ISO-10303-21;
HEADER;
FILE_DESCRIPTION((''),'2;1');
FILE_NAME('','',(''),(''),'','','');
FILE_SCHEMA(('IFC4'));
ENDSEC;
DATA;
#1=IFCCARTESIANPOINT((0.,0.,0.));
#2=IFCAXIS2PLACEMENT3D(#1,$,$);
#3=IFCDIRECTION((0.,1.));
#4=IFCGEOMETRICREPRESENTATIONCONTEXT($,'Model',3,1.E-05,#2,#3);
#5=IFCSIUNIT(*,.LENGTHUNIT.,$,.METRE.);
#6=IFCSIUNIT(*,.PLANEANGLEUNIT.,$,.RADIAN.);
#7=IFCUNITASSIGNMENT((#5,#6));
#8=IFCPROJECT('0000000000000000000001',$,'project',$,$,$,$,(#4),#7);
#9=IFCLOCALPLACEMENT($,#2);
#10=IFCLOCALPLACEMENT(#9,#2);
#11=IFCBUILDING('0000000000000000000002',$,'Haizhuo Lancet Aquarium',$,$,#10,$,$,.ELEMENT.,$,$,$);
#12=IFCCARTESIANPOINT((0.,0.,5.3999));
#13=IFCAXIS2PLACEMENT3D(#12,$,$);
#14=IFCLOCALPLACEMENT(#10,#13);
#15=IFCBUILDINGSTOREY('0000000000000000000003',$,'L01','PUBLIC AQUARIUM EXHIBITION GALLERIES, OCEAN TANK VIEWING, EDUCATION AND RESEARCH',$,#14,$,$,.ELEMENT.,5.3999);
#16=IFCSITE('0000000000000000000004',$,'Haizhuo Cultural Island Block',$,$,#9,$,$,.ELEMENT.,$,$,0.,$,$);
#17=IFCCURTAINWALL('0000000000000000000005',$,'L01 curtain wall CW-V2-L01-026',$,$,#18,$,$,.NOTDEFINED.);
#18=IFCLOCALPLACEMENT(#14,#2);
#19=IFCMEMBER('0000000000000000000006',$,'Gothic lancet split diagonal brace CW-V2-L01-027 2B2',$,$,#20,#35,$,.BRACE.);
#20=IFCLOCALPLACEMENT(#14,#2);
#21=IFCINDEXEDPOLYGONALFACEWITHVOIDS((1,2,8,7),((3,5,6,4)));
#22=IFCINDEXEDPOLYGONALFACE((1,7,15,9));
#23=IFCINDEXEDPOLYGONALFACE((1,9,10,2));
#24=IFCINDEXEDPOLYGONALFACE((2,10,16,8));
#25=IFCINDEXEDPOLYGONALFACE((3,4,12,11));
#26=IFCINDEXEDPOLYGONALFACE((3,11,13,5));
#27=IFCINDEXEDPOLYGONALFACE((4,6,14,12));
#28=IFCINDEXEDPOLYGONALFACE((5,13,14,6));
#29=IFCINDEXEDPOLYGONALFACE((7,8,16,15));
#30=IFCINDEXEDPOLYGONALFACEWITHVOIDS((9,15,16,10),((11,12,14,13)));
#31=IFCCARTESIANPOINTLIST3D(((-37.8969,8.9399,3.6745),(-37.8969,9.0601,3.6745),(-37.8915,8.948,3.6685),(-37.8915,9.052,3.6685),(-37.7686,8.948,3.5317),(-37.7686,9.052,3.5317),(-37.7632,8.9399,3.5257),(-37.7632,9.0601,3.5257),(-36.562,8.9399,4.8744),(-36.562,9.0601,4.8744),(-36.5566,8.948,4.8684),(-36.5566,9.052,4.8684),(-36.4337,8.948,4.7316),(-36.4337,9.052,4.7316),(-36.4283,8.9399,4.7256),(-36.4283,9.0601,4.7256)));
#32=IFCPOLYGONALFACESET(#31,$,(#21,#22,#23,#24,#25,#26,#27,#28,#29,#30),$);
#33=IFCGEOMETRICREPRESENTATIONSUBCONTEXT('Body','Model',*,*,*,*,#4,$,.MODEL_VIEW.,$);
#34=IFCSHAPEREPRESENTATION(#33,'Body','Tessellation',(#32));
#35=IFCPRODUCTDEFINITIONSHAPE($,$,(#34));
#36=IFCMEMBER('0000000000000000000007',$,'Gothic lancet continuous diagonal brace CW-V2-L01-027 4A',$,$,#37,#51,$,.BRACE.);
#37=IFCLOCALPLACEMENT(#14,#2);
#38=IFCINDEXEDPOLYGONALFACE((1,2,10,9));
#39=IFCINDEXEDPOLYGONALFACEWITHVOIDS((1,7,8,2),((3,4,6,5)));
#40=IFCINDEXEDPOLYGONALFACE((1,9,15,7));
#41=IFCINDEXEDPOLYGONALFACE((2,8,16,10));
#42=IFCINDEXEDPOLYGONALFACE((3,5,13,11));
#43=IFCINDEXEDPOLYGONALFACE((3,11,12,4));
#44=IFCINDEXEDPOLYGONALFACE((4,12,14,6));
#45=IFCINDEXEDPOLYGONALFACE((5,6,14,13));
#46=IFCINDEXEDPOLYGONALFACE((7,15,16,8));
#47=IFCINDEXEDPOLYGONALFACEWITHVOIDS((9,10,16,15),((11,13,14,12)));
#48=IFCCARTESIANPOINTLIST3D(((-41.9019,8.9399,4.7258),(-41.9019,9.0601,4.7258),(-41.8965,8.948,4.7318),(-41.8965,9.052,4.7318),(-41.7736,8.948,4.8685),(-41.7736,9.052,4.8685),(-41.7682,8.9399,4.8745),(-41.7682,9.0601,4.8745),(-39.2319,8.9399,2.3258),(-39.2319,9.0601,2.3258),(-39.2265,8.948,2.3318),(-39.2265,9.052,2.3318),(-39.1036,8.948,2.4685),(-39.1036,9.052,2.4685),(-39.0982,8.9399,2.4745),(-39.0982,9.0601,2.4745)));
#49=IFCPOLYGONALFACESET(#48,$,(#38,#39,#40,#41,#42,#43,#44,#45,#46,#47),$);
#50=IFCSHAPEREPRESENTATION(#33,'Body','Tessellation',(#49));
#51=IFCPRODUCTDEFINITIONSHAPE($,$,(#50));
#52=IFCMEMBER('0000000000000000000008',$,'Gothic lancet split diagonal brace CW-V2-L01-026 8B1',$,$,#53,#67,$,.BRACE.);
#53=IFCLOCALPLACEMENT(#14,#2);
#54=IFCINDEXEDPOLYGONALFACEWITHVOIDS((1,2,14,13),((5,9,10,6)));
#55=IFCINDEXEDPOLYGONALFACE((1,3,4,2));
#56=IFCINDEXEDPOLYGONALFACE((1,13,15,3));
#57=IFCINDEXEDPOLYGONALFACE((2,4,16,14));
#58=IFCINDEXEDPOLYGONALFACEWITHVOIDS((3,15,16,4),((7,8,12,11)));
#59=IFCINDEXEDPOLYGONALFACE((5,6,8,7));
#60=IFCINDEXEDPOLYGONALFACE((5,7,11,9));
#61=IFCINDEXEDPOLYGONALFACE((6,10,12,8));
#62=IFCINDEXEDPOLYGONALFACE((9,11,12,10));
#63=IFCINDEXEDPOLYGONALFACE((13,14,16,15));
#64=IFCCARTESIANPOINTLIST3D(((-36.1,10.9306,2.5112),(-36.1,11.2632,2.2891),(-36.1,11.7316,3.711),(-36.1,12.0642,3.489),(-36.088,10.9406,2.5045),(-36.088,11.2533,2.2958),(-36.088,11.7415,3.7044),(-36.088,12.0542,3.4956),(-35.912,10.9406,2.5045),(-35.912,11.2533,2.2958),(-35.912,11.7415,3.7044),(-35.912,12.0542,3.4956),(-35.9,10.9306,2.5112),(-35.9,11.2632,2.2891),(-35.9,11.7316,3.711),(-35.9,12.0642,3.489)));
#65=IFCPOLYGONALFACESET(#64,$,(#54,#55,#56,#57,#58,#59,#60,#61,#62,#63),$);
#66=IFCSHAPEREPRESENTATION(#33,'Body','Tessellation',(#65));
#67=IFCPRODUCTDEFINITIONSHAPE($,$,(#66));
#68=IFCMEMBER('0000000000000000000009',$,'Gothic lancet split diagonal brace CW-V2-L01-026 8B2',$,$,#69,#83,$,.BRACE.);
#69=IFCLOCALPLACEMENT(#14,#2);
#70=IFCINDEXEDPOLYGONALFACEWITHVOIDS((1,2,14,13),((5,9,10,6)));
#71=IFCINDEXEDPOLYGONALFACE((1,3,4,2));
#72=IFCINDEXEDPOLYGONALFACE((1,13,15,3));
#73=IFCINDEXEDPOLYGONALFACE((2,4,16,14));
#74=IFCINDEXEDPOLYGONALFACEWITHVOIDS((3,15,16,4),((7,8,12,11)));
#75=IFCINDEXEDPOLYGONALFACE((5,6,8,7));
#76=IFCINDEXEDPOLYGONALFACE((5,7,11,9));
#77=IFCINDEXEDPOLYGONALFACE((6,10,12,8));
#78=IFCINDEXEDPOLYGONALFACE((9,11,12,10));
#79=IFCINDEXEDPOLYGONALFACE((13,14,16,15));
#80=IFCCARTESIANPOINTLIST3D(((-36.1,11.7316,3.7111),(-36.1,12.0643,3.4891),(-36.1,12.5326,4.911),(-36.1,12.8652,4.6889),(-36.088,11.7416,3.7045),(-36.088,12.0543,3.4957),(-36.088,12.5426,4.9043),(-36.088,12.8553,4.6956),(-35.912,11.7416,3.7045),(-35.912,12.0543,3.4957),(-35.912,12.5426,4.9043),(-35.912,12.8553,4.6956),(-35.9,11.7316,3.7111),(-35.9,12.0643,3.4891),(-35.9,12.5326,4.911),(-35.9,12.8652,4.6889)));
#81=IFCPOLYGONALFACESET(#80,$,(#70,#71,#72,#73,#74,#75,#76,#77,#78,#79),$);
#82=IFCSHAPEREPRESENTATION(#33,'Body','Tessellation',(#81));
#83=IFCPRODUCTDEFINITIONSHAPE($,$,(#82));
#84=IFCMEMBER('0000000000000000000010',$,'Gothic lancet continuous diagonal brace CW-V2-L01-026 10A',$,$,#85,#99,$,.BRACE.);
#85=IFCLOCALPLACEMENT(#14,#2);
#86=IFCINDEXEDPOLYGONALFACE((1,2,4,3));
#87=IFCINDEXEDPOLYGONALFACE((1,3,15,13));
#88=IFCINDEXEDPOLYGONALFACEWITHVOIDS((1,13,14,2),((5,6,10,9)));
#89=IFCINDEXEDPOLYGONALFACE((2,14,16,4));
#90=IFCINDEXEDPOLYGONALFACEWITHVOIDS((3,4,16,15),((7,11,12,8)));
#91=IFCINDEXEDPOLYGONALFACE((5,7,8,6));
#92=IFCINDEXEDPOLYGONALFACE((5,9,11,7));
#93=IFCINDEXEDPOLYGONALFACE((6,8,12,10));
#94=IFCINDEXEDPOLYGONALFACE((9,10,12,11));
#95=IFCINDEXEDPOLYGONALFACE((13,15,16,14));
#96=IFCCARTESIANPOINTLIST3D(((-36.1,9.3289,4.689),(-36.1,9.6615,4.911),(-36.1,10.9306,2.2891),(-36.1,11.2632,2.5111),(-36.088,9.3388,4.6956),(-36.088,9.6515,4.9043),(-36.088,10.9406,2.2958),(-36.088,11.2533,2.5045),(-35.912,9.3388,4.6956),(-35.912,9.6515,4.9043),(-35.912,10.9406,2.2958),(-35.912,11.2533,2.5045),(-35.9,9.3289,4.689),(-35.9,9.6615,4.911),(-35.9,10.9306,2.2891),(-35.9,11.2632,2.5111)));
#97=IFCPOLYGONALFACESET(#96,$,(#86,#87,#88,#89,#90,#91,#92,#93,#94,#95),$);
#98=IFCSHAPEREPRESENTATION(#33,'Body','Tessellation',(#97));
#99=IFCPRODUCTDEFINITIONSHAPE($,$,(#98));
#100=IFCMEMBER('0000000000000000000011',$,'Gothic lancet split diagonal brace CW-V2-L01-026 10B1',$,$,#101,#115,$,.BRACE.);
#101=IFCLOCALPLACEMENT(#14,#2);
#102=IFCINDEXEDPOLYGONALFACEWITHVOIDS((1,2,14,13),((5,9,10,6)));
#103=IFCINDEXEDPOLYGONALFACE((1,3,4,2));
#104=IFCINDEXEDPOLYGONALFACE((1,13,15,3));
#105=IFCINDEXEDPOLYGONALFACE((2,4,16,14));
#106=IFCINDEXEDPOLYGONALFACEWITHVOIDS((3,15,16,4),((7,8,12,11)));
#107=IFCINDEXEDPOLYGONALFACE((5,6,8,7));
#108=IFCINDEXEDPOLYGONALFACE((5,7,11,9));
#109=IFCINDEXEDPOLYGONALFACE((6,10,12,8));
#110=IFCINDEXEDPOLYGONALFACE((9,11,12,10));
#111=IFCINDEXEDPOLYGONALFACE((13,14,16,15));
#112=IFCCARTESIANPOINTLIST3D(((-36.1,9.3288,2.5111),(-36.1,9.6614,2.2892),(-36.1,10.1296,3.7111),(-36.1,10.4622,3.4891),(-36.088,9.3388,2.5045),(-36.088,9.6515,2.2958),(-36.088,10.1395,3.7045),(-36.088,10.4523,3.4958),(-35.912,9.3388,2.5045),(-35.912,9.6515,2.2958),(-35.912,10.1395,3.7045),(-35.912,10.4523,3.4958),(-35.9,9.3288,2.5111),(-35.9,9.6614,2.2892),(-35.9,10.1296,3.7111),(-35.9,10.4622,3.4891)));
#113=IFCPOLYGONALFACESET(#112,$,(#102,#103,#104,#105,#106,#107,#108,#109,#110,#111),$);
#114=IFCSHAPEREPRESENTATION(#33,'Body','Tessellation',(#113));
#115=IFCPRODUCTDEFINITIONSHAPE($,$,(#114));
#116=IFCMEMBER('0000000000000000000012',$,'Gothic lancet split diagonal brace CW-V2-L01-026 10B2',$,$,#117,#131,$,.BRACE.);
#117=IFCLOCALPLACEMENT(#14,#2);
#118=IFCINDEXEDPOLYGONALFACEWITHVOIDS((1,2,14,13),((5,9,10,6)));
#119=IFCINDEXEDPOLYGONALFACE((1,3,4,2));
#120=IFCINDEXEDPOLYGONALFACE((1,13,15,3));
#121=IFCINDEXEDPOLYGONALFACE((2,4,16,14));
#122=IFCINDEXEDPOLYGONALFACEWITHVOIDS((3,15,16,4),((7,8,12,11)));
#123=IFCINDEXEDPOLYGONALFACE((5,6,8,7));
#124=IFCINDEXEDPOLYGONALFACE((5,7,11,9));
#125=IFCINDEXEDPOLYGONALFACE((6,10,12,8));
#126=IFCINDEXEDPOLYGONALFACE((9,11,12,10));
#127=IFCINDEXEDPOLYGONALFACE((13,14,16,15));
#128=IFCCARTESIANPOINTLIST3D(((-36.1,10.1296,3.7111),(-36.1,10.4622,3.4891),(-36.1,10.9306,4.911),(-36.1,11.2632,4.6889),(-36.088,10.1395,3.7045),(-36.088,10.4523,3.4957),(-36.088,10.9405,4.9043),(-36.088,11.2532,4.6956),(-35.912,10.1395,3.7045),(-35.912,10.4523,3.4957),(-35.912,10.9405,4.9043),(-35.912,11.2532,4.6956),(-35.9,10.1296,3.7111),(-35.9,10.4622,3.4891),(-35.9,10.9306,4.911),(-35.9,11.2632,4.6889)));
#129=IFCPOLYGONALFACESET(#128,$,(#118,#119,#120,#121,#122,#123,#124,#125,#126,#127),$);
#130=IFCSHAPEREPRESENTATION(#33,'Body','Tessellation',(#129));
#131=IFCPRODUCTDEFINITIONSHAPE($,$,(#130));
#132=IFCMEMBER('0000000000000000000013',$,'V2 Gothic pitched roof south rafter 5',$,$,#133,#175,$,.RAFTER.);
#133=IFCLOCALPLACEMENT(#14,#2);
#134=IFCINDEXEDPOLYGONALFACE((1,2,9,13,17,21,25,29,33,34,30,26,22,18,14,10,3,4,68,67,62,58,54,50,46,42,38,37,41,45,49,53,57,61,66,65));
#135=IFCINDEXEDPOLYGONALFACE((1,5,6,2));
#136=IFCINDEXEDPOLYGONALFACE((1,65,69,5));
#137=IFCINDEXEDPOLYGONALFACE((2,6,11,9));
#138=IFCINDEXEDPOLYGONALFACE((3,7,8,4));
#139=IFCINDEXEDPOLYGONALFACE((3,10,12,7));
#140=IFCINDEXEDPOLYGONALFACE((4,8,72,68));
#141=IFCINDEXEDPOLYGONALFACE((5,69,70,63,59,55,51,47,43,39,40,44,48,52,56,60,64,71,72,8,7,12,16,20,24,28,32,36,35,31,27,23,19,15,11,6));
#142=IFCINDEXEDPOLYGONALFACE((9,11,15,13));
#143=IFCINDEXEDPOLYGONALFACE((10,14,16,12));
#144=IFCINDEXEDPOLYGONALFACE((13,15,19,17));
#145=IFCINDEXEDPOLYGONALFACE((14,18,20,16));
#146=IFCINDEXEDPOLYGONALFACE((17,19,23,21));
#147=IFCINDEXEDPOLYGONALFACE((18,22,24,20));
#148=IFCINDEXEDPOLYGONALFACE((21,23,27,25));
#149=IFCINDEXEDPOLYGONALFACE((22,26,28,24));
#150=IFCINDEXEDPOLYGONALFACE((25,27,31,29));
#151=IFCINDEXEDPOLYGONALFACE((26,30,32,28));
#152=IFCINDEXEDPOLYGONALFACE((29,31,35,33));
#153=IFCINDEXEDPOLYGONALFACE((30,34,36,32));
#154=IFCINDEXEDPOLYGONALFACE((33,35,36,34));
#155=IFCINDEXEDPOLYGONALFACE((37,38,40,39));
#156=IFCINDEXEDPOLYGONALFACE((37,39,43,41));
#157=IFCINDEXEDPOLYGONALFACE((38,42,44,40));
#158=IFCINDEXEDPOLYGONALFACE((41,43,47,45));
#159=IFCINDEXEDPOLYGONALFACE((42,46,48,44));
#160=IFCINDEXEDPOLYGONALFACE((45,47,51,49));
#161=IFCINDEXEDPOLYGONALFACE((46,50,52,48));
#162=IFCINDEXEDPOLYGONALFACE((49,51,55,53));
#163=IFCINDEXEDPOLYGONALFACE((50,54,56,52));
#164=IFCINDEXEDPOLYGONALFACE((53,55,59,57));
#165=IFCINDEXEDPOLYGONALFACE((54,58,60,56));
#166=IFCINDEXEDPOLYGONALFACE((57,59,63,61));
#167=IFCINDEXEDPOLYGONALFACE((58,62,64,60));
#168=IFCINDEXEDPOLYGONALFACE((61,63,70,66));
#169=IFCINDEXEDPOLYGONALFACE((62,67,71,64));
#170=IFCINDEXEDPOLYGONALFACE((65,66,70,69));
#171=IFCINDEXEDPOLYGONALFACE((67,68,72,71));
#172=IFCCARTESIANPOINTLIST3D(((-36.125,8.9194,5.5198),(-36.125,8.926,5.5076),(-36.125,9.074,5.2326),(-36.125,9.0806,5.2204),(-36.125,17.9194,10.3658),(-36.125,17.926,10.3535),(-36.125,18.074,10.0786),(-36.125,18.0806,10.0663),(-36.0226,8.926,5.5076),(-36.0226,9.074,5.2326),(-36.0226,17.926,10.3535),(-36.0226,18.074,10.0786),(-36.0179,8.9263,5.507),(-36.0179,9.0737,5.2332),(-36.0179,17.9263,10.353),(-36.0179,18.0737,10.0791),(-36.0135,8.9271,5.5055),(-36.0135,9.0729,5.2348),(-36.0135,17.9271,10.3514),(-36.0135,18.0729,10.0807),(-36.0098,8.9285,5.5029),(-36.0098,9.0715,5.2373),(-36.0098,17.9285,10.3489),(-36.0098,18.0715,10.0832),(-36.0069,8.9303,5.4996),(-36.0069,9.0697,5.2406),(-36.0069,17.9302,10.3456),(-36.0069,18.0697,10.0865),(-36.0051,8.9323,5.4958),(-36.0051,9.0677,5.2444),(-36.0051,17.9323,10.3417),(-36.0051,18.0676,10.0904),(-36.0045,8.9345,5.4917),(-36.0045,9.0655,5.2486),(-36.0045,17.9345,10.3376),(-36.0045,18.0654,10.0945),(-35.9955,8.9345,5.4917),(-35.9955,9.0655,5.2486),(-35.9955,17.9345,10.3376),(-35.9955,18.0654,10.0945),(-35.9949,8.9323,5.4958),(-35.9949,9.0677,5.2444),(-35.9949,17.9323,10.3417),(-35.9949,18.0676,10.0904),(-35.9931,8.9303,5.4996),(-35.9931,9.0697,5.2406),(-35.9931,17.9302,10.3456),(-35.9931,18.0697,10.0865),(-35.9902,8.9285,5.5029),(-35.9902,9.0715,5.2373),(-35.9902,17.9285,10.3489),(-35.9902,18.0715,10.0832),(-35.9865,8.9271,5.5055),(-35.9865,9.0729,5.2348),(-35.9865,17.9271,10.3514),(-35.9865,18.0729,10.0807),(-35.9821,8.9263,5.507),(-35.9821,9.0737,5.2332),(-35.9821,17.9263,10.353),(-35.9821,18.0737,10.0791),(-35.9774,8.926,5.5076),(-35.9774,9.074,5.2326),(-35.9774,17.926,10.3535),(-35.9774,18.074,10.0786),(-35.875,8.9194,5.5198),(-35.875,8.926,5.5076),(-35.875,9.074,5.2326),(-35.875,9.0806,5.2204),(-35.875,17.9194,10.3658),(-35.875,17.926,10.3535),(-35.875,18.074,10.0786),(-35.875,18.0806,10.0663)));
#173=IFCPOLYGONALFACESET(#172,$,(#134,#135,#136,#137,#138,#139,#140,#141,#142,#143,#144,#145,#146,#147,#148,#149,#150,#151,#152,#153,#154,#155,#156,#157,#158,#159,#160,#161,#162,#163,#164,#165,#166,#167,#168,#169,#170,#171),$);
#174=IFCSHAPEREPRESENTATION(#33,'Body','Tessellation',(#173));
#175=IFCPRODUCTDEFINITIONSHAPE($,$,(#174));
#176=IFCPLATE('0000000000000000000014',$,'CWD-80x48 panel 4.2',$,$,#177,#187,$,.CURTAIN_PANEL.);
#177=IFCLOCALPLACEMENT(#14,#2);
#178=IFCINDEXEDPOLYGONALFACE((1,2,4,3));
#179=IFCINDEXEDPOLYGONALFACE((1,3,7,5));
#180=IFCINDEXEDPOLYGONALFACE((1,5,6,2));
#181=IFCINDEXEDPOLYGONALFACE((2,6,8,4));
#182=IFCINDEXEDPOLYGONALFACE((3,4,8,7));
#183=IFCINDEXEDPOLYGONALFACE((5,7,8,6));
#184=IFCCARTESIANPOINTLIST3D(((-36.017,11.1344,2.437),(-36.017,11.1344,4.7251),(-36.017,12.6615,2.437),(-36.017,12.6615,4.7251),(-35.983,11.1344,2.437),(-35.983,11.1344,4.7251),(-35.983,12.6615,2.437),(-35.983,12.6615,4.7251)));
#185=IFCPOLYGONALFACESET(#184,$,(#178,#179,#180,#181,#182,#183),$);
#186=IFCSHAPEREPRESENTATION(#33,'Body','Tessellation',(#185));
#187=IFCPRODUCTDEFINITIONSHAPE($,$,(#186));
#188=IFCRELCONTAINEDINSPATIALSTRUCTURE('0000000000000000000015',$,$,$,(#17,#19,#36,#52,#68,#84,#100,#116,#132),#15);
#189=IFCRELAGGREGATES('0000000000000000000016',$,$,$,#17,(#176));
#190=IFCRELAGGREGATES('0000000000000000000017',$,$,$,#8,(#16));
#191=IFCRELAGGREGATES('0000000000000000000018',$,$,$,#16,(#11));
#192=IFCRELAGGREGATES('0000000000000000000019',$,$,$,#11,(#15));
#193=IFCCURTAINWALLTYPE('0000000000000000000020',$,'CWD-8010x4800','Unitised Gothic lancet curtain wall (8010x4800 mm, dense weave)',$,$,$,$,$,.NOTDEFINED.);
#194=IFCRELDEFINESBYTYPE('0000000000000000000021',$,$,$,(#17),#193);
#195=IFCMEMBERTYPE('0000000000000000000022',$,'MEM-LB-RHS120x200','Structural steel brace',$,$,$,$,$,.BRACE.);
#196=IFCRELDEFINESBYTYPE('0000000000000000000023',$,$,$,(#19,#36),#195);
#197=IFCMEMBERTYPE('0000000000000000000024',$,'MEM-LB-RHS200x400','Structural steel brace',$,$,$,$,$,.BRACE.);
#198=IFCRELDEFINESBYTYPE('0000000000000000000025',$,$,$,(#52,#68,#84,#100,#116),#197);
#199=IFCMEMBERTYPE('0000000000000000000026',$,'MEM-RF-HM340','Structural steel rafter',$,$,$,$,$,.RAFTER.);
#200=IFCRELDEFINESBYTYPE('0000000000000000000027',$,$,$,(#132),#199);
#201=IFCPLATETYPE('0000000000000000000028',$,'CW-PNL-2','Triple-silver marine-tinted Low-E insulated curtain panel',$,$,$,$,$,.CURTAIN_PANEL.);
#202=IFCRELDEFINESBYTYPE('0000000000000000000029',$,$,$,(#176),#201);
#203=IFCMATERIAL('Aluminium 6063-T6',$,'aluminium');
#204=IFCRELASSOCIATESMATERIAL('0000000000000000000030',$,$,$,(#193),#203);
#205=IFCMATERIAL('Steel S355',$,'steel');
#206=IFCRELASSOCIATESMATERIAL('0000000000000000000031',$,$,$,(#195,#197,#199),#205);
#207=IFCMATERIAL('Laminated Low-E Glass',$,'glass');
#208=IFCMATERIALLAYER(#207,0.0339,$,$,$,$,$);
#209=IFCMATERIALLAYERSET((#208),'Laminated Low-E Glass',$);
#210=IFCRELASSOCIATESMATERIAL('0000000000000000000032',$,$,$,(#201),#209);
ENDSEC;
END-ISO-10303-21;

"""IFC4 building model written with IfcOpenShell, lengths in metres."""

from ifc_helpers import new_model, si_unit, direction, frame, origin, origin_2d, place, context, subcontext, project, spatial, rectangle, hollow_rectangle, i_section, extrude, material, layer, layer_set, material_profile, profile_set, type_object, element, aggregate, save


model = new_model("IFC4")

# Units and contexts
model_context = context("Model", 3, precision=1e-05, world=origin(), true_north=direction((0.0, 1.0)))
body_context = subcontext(model_context, "Body", "Model", "MODEL_VIEW")
ifc_project = project(units=[si_unit("LENGTHUNIT", "METRE"), si_unit("PLANEANGLEUNIT", "RADIAN")], contexts=[model_context])

# Site, building, storey
site_placement = place(None, origin())
site = spatial("IfcSite", under=ifc_project, at=site_placement, Name="Haizhuo Cultural Island Block", CompositionType="ELEMENT", RefElevation=0.0)
building_placement = place(site_placement, origin())
building = spatial("IfcBuilding", under=site, at=building_placement, Name="Haizhuo Lancet Aquarium", CompositionType="ELEMENT")
storey_placement = place(building_placement, frame((0.0, 0.0, 5.3999)))
storey = spatial("IfcBuildingStorey", under=building, at=storey_placement, Name="L01", Description="PUBLIC AQUARIUM EXHIBITION GALLERIES, OCEAN TANK VIEWING, EDUCATION AND RESEARCH", CompositionType="ELEMENT", Elevation=5.3999)

# Shared definitions
ifc_material_1 = material(Name="Steel S355", Category="steel")

# Curtain wall
ifc_material_2 = material(Name="Aluminium 6063-T6", Category="aluminium")
curtain_wall_type_1 = type_object("IfcCurtainWallType", Name="CWD-8010x4800", Description="Unitised Gothic lancet curtain wall (8010x4800 mm, dense weave)", PredefinedType="NOTDEFINED", material=ifc_material_2)
curtain_wall_1_placement = place(storey_placement, origin())
curtain_wall_1 = element("IfcCurtainWall", 1, at=curtain_wall_1_placement, inside=storey, type_object=curtain_wall_type_1, Name="L01 curtain wall CW-V2-L01-026", PredefinedType="NOTDEFINED")

# Members
ifc_material_profile_1 = material_profile(ifc_material_1, hollow_rectangle(XDim=0.1201, YDim=0.2, WallThickness=0.0081, at=origin_2d()), Name="RHS 120x200x8")
ifc_profile_set_1 = profile_set([ifc_material_profile_1], Name="Steel S355")
member_type_1 = type_object("IfcMemberType", Name="MEM-LB-RHS120x200", Description="Structural steel brace", PredefinedType="BRACE", material=ifc_profile_set_1)
for number, where, z_axis, x_axis, name in (
    (2, (-37.8301, 9.0, 3.6001), (0.743713, 0.0, 0.668499), (0.0, 1.0, 0.0), "Gothic lancet split diagonal brace CW-V2-L01-027 2B2"),
):
    element("IfcMember", number, at=place(storey_placement, frame(where, z_axis=z_axis, x_axis=x_axis)), inside=storey, type_object=member_type_1, Name=name, PredefinedType="BRACE", context=body_context, shape_type="SweptSolid", body=[
        extrude(hollow_rectangle(XDim=0.1201, YDim=0.2, WallThickness=0.0081, at=origin_2d()), origin(), (0.0, 0.0, 1.0), 1.7949),
    ])
member_1_placement = place(storey_placement, frame((-39.165, 9.0, 2.4001), z_axis=(-0.743713, 0.0, 0.668499), x_axis=(0.0, -1.0, 0.0)))
element("IfcMember", 3, at=member_1_placement, inside=storey, type_object=member_type_1, Name="Gothic lancet continuous diagonal brace CW-V2-L01-027 4A", PredefinedType="BRACE", context=body_context, shape_type="SweptSolid", body=[
    extrude(hollow_rectangle(XDim=0.1201, YDim=0.2, WallThickness=0.0081, at=origin_2d()), origin(), (0.0, 0.0, 1.0), 3.5901),
])
ifc_material_profile_2 = material_profile(ifc_material_1, hollow_rectangle(XDim=0.2, YDim=0.3999, WallThickness=0.012, at=origin_2d()), Name="RHS 200x400x12")
ifc_profile_set_2 = profile_set([ifc_material_profile_2], Name="Steel S355")
member_type_2 = type_object("IfcMemberType", Name="MEM-LB-RHS200x400", Description="Structural steel brace", PredefinedType="BRACE", material=ifc_profile_set_2)
for number, where, z_axis, x_axis, name in (
    (4, (-36.0, 11.0969, 2.4001), (0.0, 0.555208, 0.831712), (-1.0, 0.0, 0.0), "Gothic lancet split diagonal brace CW-V2-L01-026 8B1"),
    (5, (-36.0, 11.8979, 3.6001), (0.0, 0.555208, 0.831712), (-1.0, 0.0, 0.0), "Gothic lancet split diagonal brace CW-V2-L01-026 8B2"),
):
    element("IfcMember", number, at=place(storey_placement, frame(where, z_axis=z_axis, x_axis=x_axis)), inside=storey, type_object=member_type_2, Name=name, PredefinedType="BRACE", context=body_context, shape_type="SweptSolid", body=[
        extrude(hollow_rectangle(XDim=0.2, YDim=0.3999, WallThickness=0.012, at=origin_2d()), origin(), (0.0, 0.0, 1.0), 1.4426),
    ])
member_2_placement = place(storey_placement, frame((-36.0, 11.0969, 2.4001), z_axis=(0.0, -0.555149, 0.831751), x_axis=(1.0, 0.0, 0.0)))
element("IfcMember", 6, at=member_2_placement, inside=storey, type_object=member_type_2, Name="Gothic lancet continuous diagonal brace CW-V2-L01-026 10A", PredefinedType="BRACE", context=body_context, shape_type="SweptSolid", body=[
    extrude(hollow_rectangle(XDim=0.2, YDim=0.3999, WallThickness=0.012, at=origin_2d()), origin(), (0.0, 0.0, 1.0), 2.8853),
])
for number, where, z_axis, x_axis, name in (
    (7, (-36.0, 9.4951, 2.4001), (0.0, 0.555091, 0.83179), (-1.0, 0.0, 0.0), "Gothic lancet split diagonal brace CW-V2-L01-026 10B1"),
    (8, (-36.0, 10.2959, 3.6001), (0.0, 0.555208, 0.831712), (-1.0, 0.0, 0.0), "Gothic lancet split diagonal brace CW-V2-L01-026 10B2"),
):
    element("IfcMember", number, at=place(storey_placement, frame(where, z_axis=z_axis, x_axis=x_axis)), inside=storey, type_object=member_type_2, Name=name, PredefinedType="BRACE", context=body_context, shape_type="SweptSolid", body=[
        extrude(hollow_rectangle(XDim=0.2, YDim=0.3999, WallThickness=0.012, at=origin_2d()), origin(), (0.0, 0.0, 1.0), 1.4426),
    ])
ifc_material_profile_3 = material_profile(ifc_material_1, i_section(OverallWidth=0.25, OverallDepth=0.3401, WebThickness=0.009, FlangeThickness=0.0139, FilletRadius=0.0181, at=origin_2d()), Name="HM 340x250x9x14")
ifc_profile_set_3 = profile_set([ifc_material_profile_3], Name="Steel S355")
member_type_3 = type_object("IfcMemberType", Name="MEM-RF-HM340", Description="Structural steel rafter", PredefinedType="RAFTER", material=ifc_profile_set_3)
member_3_placement = place(storey_placement, frame((-36.0, 9.0, 5.3701), z_axis=(0.0, 0.88048, 0.474084), x_axis=(-1.0, 0.0, 0.0)))
element("IfcMember", 9, at=member_3_placement, inside=storey, type_object=member_type_3, Name="V2 Gothic pitched roof south rafter 5", PredefinedType="RAFTER", context=body_context, shape_type="SweptSolid", body=[
    extrude(i_section(OverallWidth=0.25, OverallDepth=0.3401, WebThickness=0.009, FlangeThickness=0.0139, FilletRadius=0.0181, at=origin_2d()), origin(), (0.0, 0.0, 1.0), 10.2217),
])

# Plate
ifc_material_3 = material(Name="Laminated Low-E Glass", Category="glass")
ifc_layer_1 = layer(ifc_material_3, 0.0339)
ifc_layer_set_1 = layer_set([ifc_layer_1], Name="Laminated Low-E Glass")
plate_type_1 = type_object("IfcPlateType", Name="CW-PNL-2", Description="Triple-silver marine-tinted Low-E insulated curtain panel", PredefinedType="CURTAIN_PANEL", material=ifc_layer_set_1)
plate_1_placement = place(storey_placement, frame((-36.0, 11.8979, 2.437), z_axis=(0.0, 0.0, 1.0), x_axis=(0.0, -1.0, 0.0)))
plate_1 = element("IfcPlate", 10, at=plate_1_placement, type_object=plate_type_1, Name="CWD-80x48 panel 4.2", PredefinedType="CURTAIN_PANEL", context=body_context, shape_type="SweptSolid", body=[
    extrude(rectangle(XDim=1.5271, YDim=0.0339, at=origin_2d()), origin(), (0.0, 0.0, 1.0), 2.2881),
])
aggregate(curtain_wall_1, [plate_1])

save(model, "model.ifc")
